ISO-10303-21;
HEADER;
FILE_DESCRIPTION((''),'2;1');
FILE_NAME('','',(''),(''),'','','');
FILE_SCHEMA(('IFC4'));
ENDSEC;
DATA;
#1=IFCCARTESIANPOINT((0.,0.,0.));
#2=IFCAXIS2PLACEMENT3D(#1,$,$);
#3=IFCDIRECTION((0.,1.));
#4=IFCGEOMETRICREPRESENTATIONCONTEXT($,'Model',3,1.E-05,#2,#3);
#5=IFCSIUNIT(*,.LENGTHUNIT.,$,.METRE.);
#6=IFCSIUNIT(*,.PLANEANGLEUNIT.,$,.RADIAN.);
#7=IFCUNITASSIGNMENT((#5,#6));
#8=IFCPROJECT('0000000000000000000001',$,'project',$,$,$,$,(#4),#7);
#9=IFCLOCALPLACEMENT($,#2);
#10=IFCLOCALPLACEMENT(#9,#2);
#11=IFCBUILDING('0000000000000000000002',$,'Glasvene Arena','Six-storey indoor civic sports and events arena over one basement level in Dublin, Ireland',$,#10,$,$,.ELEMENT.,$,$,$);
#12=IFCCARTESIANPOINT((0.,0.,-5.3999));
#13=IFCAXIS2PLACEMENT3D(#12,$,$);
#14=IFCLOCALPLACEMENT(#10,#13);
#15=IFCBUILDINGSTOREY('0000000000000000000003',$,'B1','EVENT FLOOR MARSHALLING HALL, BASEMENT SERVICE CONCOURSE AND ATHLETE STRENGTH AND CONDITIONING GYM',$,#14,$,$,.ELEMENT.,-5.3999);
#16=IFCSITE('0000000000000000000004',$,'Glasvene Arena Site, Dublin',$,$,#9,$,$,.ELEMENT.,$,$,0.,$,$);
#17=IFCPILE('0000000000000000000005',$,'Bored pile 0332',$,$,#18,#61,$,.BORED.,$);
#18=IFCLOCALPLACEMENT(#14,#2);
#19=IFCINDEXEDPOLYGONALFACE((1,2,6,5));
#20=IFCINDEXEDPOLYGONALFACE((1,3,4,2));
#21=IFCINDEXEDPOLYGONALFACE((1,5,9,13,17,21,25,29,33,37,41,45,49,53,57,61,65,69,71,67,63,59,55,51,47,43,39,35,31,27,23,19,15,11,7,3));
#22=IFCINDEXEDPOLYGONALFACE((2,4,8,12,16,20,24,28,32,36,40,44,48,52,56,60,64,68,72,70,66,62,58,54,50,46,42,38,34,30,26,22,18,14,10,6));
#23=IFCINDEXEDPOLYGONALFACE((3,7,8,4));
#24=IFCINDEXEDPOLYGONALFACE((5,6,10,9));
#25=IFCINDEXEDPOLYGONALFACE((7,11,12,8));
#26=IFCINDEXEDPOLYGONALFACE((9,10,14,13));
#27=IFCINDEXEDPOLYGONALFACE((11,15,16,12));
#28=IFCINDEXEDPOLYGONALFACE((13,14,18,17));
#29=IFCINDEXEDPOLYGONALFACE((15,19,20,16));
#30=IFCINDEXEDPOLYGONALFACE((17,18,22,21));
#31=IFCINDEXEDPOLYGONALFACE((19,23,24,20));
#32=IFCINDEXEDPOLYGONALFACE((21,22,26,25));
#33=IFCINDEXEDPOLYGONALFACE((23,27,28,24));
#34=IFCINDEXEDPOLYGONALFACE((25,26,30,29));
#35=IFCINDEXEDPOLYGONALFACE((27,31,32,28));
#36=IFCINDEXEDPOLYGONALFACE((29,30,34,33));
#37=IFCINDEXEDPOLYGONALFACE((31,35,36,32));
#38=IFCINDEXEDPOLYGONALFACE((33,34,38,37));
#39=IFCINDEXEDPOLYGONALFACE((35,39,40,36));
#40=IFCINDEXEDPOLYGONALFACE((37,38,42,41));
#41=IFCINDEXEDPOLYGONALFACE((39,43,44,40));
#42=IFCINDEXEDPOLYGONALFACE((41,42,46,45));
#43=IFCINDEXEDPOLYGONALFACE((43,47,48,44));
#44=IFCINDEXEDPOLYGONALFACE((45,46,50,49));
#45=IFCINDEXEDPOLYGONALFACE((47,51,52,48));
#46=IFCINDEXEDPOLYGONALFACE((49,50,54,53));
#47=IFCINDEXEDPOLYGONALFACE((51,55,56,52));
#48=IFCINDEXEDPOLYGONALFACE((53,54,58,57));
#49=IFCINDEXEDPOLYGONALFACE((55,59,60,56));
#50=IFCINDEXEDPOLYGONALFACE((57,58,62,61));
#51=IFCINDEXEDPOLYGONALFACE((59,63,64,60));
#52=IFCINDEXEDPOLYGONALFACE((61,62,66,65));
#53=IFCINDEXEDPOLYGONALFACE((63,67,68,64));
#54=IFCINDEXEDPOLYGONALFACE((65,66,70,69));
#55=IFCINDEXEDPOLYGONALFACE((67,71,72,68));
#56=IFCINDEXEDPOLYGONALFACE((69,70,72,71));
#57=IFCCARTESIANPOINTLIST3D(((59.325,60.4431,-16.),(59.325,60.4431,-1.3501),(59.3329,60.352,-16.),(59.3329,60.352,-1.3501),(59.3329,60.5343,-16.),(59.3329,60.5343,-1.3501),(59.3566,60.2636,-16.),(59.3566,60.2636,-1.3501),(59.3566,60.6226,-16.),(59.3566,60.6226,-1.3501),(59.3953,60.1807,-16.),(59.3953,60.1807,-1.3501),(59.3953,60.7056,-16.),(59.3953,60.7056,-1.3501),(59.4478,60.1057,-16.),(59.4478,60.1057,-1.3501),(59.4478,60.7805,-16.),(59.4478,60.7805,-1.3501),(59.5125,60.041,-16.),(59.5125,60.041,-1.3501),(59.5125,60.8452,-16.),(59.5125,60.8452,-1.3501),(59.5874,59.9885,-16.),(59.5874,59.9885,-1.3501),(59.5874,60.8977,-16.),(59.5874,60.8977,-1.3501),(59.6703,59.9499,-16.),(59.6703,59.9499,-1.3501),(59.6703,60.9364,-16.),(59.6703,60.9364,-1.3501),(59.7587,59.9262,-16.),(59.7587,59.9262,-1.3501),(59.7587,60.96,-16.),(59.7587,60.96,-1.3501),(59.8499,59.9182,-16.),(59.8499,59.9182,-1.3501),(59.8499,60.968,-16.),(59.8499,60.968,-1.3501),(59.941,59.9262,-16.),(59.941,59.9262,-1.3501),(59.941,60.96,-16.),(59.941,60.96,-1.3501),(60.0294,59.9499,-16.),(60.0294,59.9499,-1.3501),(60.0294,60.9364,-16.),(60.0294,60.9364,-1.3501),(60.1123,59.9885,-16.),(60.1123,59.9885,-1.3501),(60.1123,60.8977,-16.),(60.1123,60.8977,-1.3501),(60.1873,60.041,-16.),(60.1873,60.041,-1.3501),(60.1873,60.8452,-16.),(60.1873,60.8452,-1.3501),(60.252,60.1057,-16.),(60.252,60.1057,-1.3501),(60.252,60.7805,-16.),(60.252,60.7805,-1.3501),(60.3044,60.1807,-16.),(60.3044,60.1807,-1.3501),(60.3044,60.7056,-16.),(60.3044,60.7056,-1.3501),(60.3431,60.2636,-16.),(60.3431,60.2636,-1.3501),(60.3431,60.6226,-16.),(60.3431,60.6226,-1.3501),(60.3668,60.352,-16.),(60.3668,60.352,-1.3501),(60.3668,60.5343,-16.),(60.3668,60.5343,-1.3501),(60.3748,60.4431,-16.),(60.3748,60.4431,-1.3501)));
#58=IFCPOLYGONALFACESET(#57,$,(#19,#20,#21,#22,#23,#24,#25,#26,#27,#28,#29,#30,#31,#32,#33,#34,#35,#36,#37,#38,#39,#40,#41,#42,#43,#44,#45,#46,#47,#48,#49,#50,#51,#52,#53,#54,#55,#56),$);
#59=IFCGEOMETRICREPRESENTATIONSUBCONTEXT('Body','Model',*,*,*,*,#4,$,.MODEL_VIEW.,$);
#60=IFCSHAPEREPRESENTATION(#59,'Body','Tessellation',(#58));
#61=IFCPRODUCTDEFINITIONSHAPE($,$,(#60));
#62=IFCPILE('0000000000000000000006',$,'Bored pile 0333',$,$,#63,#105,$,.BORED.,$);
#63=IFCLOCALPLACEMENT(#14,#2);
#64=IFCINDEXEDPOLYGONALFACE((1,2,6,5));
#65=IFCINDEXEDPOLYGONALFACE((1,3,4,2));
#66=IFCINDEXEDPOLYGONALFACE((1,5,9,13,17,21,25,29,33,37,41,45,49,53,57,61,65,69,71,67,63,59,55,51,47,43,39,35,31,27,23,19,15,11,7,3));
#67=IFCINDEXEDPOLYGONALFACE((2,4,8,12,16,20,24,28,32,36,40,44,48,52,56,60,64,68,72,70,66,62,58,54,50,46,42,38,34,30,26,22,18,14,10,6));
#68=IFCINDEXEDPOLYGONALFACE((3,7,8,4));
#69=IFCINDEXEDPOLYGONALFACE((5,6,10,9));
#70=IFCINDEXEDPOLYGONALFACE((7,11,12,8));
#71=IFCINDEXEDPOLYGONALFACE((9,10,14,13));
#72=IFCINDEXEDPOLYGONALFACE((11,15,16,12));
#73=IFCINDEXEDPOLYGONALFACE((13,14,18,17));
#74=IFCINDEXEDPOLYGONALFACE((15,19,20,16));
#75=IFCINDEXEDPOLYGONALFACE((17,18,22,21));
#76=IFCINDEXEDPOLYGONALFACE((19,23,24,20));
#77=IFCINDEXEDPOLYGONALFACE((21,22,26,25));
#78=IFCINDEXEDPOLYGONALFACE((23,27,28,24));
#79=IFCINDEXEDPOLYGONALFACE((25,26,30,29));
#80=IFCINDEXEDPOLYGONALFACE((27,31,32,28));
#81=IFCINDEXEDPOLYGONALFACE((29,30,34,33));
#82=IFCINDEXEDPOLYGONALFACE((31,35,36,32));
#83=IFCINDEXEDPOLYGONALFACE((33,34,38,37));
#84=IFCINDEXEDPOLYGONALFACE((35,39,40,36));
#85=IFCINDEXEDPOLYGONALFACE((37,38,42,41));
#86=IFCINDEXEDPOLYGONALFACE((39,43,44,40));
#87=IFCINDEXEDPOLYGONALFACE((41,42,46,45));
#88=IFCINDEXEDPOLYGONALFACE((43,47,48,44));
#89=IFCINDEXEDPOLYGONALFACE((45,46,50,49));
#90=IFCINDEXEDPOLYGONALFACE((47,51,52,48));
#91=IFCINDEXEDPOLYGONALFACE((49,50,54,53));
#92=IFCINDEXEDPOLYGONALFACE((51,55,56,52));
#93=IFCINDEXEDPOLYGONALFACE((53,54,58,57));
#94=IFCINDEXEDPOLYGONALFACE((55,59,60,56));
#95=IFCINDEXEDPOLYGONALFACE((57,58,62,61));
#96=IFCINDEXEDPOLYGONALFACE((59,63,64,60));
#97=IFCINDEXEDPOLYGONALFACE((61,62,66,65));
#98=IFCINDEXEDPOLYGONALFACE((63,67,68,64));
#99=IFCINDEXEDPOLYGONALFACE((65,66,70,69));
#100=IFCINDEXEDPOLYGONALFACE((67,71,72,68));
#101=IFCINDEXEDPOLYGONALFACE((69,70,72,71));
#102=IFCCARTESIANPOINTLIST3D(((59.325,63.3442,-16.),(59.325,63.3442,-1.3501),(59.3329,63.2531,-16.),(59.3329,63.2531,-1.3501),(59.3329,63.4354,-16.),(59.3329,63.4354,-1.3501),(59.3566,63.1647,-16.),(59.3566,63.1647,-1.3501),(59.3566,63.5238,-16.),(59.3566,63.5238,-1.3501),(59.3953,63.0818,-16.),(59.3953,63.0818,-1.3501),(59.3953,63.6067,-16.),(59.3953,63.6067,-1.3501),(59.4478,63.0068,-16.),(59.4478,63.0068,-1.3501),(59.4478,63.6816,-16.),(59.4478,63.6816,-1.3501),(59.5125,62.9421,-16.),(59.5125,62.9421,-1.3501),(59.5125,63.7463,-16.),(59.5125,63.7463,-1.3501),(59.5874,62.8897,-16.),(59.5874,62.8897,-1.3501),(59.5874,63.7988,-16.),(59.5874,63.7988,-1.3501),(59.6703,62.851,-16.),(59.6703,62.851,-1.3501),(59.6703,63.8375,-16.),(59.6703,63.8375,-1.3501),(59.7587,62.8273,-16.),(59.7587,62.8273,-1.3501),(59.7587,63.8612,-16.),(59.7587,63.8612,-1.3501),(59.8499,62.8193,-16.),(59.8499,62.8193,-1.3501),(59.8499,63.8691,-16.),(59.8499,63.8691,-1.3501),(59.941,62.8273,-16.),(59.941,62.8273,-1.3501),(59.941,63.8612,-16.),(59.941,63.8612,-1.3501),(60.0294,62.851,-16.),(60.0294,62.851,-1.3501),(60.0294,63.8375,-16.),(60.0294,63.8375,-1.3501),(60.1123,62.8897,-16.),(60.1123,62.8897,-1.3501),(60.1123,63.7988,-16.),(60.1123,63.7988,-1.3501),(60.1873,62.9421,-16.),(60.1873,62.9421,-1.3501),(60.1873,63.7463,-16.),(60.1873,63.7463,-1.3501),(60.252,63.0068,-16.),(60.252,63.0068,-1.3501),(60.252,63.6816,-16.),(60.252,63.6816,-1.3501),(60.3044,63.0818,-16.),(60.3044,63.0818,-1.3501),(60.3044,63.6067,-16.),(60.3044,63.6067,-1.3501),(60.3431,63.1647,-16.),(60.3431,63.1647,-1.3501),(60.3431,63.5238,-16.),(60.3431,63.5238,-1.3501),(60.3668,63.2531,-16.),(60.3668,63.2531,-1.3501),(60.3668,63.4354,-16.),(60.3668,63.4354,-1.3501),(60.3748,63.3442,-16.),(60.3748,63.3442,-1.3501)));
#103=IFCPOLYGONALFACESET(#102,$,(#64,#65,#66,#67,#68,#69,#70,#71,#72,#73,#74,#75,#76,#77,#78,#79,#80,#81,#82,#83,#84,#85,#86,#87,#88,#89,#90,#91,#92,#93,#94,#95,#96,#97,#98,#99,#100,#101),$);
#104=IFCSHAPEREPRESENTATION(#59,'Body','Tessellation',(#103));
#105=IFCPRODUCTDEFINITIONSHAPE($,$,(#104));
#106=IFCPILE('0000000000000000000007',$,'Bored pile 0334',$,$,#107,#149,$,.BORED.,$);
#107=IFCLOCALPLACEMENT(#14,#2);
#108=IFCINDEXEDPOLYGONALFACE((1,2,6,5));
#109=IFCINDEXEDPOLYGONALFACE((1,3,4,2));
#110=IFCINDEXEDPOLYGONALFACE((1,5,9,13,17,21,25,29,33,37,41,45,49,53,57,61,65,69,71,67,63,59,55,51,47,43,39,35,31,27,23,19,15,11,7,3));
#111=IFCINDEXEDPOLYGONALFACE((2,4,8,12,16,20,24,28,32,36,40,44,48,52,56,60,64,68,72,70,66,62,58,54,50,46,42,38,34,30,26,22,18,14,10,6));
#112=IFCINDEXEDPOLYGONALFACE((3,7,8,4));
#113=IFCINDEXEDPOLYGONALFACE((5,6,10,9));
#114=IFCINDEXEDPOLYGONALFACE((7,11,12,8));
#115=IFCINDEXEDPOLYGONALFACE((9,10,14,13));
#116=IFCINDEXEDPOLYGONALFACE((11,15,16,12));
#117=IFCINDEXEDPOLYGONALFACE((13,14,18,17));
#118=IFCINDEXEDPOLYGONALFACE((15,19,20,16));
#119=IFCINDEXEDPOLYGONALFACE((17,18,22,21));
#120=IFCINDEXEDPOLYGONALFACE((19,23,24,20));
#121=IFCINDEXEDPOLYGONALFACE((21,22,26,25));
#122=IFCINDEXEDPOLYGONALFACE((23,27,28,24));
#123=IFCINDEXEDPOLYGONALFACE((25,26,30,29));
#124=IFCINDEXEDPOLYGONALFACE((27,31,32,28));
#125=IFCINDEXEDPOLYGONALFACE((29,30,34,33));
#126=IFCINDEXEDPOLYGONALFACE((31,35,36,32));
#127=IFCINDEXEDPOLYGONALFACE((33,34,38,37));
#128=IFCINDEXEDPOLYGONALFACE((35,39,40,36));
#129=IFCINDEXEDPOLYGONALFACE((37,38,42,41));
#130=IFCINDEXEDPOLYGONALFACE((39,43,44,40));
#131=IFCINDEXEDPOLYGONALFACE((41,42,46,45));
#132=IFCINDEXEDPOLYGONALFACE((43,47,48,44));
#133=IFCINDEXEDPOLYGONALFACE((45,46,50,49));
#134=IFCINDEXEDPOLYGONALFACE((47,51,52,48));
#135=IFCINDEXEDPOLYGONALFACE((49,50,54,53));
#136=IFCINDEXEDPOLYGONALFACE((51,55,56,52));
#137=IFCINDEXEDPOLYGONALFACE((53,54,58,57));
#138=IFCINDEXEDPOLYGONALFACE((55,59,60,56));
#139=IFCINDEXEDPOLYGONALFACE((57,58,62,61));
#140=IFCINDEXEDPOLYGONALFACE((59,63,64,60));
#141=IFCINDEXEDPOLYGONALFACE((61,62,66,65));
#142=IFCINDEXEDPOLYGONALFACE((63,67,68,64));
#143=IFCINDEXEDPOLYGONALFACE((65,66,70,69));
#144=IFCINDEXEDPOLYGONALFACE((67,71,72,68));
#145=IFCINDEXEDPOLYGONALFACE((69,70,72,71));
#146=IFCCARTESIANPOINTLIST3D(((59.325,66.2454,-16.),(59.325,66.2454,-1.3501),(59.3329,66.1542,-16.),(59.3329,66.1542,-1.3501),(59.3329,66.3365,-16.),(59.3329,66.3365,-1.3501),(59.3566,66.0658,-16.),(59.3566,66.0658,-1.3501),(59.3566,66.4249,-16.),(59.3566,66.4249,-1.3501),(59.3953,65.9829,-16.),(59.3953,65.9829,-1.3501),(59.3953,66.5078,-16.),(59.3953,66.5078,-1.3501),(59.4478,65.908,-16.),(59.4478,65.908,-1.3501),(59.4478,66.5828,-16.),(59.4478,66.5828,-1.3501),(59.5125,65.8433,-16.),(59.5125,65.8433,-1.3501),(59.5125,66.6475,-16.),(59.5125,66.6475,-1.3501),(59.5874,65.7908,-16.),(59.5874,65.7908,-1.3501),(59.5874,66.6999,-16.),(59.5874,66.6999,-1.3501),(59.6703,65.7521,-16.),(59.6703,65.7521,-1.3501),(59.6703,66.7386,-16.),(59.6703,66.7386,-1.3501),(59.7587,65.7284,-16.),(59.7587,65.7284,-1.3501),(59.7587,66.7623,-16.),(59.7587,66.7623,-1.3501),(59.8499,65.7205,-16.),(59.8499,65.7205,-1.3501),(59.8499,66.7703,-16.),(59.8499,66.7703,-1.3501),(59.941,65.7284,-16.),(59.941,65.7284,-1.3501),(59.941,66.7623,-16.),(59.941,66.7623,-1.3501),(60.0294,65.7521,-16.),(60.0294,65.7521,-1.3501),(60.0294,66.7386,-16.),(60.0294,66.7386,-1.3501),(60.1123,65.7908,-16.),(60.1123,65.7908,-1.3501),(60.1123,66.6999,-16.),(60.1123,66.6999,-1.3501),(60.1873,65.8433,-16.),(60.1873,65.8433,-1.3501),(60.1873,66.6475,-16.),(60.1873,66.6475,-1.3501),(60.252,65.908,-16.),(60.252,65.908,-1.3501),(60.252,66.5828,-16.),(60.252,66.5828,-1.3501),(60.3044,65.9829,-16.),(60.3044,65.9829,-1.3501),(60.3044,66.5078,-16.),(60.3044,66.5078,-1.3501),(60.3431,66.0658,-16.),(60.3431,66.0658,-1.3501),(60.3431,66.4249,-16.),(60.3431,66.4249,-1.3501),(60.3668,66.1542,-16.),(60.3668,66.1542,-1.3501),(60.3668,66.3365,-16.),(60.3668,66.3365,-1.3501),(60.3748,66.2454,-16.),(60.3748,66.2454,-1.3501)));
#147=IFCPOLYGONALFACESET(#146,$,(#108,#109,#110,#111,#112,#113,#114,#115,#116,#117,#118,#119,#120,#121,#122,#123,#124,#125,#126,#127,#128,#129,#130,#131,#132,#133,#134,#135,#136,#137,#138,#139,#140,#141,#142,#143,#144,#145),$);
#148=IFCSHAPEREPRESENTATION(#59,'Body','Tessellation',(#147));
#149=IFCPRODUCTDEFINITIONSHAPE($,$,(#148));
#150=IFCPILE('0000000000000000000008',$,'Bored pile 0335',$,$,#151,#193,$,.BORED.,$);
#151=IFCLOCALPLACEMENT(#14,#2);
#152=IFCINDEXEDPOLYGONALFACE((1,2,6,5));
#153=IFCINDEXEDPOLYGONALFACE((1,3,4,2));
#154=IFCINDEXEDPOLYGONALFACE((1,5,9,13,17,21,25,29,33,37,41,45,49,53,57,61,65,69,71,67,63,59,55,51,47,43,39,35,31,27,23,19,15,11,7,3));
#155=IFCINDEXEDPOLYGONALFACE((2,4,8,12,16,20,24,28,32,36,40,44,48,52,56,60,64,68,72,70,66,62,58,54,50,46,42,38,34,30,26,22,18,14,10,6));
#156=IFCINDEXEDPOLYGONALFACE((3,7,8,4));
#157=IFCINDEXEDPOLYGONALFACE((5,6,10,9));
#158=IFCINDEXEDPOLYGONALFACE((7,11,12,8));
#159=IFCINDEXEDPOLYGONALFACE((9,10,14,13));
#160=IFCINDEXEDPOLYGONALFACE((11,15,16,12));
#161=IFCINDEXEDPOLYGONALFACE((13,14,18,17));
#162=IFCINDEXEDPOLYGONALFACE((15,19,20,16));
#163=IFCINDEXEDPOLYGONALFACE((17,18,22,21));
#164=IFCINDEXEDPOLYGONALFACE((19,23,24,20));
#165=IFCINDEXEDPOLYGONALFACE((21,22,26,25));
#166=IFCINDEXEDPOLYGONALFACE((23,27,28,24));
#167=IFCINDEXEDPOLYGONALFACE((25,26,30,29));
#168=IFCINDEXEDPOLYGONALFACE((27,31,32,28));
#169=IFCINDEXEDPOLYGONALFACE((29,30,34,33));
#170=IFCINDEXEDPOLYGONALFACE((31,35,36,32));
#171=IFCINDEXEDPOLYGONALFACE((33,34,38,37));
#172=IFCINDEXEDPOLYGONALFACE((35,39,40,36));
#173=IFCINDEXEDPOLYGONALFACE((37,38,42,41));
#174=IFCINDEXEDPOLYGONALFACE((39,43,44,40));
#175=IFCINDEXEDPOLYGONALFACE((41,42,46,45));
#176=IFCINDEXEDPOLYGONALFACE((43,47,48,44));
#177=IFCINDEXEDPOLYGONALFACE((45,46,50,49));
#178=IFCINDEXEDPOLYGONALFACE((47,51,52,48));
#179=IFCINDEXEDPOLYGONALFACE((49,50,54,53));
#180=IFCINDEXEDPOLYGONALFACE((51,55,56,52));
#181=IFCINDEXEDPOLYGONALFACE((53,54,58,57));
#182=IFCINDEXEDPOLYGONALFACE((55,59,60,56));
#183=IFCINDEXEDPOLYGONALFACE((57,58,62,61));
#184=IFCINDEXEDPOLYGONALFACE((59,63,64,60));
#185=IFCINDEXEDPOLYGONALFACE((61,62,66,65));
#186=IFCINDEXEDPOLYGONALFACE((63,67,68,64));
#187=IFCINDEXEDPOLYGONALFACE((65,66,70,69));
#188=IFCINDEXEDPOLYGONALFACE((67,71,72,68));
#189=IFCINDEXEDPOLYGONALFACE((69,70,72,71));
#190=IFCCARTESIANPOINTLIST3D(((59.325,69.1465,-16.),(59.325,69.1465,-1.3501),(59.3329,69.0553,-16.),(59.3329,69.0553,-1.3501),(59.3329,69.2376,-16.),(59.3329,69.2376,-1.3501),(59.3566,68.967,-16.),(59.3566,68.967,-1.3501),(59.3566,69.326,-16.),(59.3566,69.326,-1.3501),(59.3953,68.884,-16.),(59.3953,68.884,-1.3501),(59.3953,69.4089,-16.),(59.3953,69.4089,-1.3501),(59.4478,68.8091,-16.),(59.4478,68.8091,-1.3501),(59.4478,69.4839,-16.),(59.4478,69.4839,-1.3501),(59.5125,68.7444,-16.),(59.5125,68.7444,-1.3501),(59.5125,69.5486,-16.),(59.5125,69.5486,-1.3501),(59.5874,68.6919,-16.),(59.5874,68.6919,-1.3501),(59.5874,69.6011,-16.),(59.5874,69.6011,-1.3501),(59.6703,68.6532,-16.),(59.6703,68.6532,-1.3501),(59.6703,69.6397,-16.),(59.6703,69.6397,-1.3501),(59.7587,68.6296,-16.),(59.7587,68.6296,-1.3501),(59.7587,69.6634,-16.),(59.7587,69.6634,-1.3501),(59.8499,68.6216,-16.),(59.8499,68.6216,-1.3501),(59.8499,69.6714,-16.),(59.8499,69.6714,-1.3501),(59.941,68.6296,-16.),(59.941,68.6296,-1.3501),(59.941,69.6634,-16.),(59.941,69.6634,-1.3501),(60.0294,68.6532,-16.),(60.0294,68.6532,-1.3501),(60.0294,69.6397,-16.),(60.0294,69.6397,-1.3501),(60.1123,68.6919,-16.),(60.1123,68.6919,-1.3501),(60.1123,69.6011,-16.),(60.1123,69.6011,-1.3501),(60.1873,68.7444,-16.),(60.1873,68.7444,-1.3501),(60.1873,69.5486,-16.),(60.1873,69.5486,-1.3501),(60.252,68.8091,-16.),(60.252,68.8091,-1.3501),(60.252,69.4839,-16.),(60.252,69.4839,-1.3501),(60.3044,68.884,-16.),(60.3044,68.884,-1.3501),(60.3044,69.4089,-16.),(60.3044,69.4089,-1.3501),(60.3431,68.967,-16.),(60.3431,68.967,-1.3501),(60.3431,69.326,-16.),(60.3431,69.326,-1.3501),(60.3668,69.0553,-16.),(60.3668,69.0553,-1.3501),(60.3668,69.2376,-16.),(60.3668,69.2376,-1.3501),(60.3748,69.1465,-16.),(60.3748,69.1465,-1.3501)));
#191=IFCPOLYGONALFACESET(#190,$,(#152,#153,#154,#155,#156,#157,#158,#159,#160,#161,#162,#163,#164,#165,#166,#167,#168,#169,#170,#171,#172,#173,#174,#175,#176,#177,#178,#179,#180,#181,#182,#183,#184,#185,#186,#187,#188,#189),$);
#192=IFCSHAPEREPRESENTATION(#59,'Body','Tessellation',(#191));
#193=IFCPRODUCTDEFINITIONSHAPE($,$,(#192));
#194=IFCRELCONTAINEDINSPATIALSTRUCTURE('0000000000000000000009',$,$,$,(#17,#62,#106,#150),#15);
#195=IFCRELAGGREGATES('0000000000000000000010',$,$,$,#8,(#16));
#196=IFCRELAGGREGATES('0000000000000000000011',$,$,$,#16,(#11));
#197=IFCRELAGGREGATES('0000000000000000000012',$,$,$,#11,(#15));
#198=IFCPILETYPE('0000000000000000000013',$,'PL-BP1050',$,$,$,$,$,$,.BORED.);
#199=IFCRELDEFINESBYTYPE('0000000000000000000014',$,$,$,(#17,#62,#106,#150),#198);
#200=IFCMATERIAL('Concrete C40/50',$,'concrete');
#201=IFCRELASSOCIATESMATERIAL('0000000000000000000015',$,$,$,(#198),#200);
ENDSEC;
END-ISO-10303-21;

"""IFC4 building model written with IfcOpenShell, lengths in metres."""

from ifc_helpers import new_model, si_unit, direction, frame, origin, origin_2d, place, context, subcontext, project, spatial, circle, extrude, material, material_profile, profile_set, type_object, element, save


model = new_model("IFC4")

# Units and contexts
model_context = context("Model", 3, precision=1e-05, world=origin(), true_north=direction((0.0, 1.0)))
body_context = subcontext(model_context, "Body", "Model", "MODEL_VIEW")
ifc_project = project(units=[si_unit("LENGTHUNIT", "METRE"), si_unit("PLANEANGLEUNIT", "RADIAN")], contexts=[model_context])

# Site, building, storey
site_placement = place(None, origin())
site = spatial("IfcSite", under=ifc_project, at=site_placement, Name="Glasvene Arena Site, Dublin", CompositionType="ELEMENT", RefElevation=0.0)
building_placement = place(site_placement, origin())
building = spatial("IfcBuilding", under=site, at=building_placement, Name="Glasvene Arena", Description="Six-storey indoor civic sports and events arena over one basement level in Dublin, Ireland", CompositionType="ELEMENT")
storey_placement = place(building_placement, frame((0.0, 0.0, -5.3999)))
storey = spatial("IfcBuildingStorey", under=building, at=storey_placement, Name="B1", Description="EVENT FLOOR MARSHALLING HALL, BASEMENT SERVICE CONCOURSE AND ATHLETE STRENGTH AND CONDITIONING GYM", CompositionType="ELEMENT", Elevation=-5.3999)

# Piles
ifc_material_1 = material(Name="Concrete C40/50", Category="concrete")
ifc_material_profile_1 = material_profile(ifc_material_1, circle(Radius=0.5249, at=origin_2d()), Name="BORED PILE 1050")
ifc_profile_set_1 = profile_set([ifc_material_profile_1], Name="Concrete C40/50")
pile_type = type_object("IfcPileType", Name="PL-BP1050", PredefinedType="BORED", material=ifc_profile_set_1)
for number, where, z_axis, x_axis, name in (
    (1, (59.8499, 60.4431, -1.3501), (0.0, 0.0, -1.0), (1.0, 0.0, 0.0), "Bored pile 0332"),
    (2, (59.8499, 63.3442, -1.3501), (0.0, 0.0, -1.0), (1.0, 0.0, 0.0), "Bored pile 0333"),
    (3, (59.8499, 66.2454, -1.3501), (0.0, 0.0, -1.0), (1.0, 0.0, 0.0), "Bored pile 0334"),
    (4, (59.8499, 69.1465, -1.3501), (0.0, 0.0, -1.0), (1.0, 0.0, 0.0), "Bored pile 0335"),
):
    element("IfcPile", number, at=place(storey_placement, frame(where, z_axis=z_axis, x_axis=x_axis)), inside=storey, type_object=pile_type, Name=name, PredefinedType="BORED", context=body_context, shape_type="SweptSolid", body=[
        extrude(circle(Radius=0.5249, at=origin_2d()), origin(), (0.0, 0.0, 1.0), 14.6499),
    ])

save(model, "model.ifc")
